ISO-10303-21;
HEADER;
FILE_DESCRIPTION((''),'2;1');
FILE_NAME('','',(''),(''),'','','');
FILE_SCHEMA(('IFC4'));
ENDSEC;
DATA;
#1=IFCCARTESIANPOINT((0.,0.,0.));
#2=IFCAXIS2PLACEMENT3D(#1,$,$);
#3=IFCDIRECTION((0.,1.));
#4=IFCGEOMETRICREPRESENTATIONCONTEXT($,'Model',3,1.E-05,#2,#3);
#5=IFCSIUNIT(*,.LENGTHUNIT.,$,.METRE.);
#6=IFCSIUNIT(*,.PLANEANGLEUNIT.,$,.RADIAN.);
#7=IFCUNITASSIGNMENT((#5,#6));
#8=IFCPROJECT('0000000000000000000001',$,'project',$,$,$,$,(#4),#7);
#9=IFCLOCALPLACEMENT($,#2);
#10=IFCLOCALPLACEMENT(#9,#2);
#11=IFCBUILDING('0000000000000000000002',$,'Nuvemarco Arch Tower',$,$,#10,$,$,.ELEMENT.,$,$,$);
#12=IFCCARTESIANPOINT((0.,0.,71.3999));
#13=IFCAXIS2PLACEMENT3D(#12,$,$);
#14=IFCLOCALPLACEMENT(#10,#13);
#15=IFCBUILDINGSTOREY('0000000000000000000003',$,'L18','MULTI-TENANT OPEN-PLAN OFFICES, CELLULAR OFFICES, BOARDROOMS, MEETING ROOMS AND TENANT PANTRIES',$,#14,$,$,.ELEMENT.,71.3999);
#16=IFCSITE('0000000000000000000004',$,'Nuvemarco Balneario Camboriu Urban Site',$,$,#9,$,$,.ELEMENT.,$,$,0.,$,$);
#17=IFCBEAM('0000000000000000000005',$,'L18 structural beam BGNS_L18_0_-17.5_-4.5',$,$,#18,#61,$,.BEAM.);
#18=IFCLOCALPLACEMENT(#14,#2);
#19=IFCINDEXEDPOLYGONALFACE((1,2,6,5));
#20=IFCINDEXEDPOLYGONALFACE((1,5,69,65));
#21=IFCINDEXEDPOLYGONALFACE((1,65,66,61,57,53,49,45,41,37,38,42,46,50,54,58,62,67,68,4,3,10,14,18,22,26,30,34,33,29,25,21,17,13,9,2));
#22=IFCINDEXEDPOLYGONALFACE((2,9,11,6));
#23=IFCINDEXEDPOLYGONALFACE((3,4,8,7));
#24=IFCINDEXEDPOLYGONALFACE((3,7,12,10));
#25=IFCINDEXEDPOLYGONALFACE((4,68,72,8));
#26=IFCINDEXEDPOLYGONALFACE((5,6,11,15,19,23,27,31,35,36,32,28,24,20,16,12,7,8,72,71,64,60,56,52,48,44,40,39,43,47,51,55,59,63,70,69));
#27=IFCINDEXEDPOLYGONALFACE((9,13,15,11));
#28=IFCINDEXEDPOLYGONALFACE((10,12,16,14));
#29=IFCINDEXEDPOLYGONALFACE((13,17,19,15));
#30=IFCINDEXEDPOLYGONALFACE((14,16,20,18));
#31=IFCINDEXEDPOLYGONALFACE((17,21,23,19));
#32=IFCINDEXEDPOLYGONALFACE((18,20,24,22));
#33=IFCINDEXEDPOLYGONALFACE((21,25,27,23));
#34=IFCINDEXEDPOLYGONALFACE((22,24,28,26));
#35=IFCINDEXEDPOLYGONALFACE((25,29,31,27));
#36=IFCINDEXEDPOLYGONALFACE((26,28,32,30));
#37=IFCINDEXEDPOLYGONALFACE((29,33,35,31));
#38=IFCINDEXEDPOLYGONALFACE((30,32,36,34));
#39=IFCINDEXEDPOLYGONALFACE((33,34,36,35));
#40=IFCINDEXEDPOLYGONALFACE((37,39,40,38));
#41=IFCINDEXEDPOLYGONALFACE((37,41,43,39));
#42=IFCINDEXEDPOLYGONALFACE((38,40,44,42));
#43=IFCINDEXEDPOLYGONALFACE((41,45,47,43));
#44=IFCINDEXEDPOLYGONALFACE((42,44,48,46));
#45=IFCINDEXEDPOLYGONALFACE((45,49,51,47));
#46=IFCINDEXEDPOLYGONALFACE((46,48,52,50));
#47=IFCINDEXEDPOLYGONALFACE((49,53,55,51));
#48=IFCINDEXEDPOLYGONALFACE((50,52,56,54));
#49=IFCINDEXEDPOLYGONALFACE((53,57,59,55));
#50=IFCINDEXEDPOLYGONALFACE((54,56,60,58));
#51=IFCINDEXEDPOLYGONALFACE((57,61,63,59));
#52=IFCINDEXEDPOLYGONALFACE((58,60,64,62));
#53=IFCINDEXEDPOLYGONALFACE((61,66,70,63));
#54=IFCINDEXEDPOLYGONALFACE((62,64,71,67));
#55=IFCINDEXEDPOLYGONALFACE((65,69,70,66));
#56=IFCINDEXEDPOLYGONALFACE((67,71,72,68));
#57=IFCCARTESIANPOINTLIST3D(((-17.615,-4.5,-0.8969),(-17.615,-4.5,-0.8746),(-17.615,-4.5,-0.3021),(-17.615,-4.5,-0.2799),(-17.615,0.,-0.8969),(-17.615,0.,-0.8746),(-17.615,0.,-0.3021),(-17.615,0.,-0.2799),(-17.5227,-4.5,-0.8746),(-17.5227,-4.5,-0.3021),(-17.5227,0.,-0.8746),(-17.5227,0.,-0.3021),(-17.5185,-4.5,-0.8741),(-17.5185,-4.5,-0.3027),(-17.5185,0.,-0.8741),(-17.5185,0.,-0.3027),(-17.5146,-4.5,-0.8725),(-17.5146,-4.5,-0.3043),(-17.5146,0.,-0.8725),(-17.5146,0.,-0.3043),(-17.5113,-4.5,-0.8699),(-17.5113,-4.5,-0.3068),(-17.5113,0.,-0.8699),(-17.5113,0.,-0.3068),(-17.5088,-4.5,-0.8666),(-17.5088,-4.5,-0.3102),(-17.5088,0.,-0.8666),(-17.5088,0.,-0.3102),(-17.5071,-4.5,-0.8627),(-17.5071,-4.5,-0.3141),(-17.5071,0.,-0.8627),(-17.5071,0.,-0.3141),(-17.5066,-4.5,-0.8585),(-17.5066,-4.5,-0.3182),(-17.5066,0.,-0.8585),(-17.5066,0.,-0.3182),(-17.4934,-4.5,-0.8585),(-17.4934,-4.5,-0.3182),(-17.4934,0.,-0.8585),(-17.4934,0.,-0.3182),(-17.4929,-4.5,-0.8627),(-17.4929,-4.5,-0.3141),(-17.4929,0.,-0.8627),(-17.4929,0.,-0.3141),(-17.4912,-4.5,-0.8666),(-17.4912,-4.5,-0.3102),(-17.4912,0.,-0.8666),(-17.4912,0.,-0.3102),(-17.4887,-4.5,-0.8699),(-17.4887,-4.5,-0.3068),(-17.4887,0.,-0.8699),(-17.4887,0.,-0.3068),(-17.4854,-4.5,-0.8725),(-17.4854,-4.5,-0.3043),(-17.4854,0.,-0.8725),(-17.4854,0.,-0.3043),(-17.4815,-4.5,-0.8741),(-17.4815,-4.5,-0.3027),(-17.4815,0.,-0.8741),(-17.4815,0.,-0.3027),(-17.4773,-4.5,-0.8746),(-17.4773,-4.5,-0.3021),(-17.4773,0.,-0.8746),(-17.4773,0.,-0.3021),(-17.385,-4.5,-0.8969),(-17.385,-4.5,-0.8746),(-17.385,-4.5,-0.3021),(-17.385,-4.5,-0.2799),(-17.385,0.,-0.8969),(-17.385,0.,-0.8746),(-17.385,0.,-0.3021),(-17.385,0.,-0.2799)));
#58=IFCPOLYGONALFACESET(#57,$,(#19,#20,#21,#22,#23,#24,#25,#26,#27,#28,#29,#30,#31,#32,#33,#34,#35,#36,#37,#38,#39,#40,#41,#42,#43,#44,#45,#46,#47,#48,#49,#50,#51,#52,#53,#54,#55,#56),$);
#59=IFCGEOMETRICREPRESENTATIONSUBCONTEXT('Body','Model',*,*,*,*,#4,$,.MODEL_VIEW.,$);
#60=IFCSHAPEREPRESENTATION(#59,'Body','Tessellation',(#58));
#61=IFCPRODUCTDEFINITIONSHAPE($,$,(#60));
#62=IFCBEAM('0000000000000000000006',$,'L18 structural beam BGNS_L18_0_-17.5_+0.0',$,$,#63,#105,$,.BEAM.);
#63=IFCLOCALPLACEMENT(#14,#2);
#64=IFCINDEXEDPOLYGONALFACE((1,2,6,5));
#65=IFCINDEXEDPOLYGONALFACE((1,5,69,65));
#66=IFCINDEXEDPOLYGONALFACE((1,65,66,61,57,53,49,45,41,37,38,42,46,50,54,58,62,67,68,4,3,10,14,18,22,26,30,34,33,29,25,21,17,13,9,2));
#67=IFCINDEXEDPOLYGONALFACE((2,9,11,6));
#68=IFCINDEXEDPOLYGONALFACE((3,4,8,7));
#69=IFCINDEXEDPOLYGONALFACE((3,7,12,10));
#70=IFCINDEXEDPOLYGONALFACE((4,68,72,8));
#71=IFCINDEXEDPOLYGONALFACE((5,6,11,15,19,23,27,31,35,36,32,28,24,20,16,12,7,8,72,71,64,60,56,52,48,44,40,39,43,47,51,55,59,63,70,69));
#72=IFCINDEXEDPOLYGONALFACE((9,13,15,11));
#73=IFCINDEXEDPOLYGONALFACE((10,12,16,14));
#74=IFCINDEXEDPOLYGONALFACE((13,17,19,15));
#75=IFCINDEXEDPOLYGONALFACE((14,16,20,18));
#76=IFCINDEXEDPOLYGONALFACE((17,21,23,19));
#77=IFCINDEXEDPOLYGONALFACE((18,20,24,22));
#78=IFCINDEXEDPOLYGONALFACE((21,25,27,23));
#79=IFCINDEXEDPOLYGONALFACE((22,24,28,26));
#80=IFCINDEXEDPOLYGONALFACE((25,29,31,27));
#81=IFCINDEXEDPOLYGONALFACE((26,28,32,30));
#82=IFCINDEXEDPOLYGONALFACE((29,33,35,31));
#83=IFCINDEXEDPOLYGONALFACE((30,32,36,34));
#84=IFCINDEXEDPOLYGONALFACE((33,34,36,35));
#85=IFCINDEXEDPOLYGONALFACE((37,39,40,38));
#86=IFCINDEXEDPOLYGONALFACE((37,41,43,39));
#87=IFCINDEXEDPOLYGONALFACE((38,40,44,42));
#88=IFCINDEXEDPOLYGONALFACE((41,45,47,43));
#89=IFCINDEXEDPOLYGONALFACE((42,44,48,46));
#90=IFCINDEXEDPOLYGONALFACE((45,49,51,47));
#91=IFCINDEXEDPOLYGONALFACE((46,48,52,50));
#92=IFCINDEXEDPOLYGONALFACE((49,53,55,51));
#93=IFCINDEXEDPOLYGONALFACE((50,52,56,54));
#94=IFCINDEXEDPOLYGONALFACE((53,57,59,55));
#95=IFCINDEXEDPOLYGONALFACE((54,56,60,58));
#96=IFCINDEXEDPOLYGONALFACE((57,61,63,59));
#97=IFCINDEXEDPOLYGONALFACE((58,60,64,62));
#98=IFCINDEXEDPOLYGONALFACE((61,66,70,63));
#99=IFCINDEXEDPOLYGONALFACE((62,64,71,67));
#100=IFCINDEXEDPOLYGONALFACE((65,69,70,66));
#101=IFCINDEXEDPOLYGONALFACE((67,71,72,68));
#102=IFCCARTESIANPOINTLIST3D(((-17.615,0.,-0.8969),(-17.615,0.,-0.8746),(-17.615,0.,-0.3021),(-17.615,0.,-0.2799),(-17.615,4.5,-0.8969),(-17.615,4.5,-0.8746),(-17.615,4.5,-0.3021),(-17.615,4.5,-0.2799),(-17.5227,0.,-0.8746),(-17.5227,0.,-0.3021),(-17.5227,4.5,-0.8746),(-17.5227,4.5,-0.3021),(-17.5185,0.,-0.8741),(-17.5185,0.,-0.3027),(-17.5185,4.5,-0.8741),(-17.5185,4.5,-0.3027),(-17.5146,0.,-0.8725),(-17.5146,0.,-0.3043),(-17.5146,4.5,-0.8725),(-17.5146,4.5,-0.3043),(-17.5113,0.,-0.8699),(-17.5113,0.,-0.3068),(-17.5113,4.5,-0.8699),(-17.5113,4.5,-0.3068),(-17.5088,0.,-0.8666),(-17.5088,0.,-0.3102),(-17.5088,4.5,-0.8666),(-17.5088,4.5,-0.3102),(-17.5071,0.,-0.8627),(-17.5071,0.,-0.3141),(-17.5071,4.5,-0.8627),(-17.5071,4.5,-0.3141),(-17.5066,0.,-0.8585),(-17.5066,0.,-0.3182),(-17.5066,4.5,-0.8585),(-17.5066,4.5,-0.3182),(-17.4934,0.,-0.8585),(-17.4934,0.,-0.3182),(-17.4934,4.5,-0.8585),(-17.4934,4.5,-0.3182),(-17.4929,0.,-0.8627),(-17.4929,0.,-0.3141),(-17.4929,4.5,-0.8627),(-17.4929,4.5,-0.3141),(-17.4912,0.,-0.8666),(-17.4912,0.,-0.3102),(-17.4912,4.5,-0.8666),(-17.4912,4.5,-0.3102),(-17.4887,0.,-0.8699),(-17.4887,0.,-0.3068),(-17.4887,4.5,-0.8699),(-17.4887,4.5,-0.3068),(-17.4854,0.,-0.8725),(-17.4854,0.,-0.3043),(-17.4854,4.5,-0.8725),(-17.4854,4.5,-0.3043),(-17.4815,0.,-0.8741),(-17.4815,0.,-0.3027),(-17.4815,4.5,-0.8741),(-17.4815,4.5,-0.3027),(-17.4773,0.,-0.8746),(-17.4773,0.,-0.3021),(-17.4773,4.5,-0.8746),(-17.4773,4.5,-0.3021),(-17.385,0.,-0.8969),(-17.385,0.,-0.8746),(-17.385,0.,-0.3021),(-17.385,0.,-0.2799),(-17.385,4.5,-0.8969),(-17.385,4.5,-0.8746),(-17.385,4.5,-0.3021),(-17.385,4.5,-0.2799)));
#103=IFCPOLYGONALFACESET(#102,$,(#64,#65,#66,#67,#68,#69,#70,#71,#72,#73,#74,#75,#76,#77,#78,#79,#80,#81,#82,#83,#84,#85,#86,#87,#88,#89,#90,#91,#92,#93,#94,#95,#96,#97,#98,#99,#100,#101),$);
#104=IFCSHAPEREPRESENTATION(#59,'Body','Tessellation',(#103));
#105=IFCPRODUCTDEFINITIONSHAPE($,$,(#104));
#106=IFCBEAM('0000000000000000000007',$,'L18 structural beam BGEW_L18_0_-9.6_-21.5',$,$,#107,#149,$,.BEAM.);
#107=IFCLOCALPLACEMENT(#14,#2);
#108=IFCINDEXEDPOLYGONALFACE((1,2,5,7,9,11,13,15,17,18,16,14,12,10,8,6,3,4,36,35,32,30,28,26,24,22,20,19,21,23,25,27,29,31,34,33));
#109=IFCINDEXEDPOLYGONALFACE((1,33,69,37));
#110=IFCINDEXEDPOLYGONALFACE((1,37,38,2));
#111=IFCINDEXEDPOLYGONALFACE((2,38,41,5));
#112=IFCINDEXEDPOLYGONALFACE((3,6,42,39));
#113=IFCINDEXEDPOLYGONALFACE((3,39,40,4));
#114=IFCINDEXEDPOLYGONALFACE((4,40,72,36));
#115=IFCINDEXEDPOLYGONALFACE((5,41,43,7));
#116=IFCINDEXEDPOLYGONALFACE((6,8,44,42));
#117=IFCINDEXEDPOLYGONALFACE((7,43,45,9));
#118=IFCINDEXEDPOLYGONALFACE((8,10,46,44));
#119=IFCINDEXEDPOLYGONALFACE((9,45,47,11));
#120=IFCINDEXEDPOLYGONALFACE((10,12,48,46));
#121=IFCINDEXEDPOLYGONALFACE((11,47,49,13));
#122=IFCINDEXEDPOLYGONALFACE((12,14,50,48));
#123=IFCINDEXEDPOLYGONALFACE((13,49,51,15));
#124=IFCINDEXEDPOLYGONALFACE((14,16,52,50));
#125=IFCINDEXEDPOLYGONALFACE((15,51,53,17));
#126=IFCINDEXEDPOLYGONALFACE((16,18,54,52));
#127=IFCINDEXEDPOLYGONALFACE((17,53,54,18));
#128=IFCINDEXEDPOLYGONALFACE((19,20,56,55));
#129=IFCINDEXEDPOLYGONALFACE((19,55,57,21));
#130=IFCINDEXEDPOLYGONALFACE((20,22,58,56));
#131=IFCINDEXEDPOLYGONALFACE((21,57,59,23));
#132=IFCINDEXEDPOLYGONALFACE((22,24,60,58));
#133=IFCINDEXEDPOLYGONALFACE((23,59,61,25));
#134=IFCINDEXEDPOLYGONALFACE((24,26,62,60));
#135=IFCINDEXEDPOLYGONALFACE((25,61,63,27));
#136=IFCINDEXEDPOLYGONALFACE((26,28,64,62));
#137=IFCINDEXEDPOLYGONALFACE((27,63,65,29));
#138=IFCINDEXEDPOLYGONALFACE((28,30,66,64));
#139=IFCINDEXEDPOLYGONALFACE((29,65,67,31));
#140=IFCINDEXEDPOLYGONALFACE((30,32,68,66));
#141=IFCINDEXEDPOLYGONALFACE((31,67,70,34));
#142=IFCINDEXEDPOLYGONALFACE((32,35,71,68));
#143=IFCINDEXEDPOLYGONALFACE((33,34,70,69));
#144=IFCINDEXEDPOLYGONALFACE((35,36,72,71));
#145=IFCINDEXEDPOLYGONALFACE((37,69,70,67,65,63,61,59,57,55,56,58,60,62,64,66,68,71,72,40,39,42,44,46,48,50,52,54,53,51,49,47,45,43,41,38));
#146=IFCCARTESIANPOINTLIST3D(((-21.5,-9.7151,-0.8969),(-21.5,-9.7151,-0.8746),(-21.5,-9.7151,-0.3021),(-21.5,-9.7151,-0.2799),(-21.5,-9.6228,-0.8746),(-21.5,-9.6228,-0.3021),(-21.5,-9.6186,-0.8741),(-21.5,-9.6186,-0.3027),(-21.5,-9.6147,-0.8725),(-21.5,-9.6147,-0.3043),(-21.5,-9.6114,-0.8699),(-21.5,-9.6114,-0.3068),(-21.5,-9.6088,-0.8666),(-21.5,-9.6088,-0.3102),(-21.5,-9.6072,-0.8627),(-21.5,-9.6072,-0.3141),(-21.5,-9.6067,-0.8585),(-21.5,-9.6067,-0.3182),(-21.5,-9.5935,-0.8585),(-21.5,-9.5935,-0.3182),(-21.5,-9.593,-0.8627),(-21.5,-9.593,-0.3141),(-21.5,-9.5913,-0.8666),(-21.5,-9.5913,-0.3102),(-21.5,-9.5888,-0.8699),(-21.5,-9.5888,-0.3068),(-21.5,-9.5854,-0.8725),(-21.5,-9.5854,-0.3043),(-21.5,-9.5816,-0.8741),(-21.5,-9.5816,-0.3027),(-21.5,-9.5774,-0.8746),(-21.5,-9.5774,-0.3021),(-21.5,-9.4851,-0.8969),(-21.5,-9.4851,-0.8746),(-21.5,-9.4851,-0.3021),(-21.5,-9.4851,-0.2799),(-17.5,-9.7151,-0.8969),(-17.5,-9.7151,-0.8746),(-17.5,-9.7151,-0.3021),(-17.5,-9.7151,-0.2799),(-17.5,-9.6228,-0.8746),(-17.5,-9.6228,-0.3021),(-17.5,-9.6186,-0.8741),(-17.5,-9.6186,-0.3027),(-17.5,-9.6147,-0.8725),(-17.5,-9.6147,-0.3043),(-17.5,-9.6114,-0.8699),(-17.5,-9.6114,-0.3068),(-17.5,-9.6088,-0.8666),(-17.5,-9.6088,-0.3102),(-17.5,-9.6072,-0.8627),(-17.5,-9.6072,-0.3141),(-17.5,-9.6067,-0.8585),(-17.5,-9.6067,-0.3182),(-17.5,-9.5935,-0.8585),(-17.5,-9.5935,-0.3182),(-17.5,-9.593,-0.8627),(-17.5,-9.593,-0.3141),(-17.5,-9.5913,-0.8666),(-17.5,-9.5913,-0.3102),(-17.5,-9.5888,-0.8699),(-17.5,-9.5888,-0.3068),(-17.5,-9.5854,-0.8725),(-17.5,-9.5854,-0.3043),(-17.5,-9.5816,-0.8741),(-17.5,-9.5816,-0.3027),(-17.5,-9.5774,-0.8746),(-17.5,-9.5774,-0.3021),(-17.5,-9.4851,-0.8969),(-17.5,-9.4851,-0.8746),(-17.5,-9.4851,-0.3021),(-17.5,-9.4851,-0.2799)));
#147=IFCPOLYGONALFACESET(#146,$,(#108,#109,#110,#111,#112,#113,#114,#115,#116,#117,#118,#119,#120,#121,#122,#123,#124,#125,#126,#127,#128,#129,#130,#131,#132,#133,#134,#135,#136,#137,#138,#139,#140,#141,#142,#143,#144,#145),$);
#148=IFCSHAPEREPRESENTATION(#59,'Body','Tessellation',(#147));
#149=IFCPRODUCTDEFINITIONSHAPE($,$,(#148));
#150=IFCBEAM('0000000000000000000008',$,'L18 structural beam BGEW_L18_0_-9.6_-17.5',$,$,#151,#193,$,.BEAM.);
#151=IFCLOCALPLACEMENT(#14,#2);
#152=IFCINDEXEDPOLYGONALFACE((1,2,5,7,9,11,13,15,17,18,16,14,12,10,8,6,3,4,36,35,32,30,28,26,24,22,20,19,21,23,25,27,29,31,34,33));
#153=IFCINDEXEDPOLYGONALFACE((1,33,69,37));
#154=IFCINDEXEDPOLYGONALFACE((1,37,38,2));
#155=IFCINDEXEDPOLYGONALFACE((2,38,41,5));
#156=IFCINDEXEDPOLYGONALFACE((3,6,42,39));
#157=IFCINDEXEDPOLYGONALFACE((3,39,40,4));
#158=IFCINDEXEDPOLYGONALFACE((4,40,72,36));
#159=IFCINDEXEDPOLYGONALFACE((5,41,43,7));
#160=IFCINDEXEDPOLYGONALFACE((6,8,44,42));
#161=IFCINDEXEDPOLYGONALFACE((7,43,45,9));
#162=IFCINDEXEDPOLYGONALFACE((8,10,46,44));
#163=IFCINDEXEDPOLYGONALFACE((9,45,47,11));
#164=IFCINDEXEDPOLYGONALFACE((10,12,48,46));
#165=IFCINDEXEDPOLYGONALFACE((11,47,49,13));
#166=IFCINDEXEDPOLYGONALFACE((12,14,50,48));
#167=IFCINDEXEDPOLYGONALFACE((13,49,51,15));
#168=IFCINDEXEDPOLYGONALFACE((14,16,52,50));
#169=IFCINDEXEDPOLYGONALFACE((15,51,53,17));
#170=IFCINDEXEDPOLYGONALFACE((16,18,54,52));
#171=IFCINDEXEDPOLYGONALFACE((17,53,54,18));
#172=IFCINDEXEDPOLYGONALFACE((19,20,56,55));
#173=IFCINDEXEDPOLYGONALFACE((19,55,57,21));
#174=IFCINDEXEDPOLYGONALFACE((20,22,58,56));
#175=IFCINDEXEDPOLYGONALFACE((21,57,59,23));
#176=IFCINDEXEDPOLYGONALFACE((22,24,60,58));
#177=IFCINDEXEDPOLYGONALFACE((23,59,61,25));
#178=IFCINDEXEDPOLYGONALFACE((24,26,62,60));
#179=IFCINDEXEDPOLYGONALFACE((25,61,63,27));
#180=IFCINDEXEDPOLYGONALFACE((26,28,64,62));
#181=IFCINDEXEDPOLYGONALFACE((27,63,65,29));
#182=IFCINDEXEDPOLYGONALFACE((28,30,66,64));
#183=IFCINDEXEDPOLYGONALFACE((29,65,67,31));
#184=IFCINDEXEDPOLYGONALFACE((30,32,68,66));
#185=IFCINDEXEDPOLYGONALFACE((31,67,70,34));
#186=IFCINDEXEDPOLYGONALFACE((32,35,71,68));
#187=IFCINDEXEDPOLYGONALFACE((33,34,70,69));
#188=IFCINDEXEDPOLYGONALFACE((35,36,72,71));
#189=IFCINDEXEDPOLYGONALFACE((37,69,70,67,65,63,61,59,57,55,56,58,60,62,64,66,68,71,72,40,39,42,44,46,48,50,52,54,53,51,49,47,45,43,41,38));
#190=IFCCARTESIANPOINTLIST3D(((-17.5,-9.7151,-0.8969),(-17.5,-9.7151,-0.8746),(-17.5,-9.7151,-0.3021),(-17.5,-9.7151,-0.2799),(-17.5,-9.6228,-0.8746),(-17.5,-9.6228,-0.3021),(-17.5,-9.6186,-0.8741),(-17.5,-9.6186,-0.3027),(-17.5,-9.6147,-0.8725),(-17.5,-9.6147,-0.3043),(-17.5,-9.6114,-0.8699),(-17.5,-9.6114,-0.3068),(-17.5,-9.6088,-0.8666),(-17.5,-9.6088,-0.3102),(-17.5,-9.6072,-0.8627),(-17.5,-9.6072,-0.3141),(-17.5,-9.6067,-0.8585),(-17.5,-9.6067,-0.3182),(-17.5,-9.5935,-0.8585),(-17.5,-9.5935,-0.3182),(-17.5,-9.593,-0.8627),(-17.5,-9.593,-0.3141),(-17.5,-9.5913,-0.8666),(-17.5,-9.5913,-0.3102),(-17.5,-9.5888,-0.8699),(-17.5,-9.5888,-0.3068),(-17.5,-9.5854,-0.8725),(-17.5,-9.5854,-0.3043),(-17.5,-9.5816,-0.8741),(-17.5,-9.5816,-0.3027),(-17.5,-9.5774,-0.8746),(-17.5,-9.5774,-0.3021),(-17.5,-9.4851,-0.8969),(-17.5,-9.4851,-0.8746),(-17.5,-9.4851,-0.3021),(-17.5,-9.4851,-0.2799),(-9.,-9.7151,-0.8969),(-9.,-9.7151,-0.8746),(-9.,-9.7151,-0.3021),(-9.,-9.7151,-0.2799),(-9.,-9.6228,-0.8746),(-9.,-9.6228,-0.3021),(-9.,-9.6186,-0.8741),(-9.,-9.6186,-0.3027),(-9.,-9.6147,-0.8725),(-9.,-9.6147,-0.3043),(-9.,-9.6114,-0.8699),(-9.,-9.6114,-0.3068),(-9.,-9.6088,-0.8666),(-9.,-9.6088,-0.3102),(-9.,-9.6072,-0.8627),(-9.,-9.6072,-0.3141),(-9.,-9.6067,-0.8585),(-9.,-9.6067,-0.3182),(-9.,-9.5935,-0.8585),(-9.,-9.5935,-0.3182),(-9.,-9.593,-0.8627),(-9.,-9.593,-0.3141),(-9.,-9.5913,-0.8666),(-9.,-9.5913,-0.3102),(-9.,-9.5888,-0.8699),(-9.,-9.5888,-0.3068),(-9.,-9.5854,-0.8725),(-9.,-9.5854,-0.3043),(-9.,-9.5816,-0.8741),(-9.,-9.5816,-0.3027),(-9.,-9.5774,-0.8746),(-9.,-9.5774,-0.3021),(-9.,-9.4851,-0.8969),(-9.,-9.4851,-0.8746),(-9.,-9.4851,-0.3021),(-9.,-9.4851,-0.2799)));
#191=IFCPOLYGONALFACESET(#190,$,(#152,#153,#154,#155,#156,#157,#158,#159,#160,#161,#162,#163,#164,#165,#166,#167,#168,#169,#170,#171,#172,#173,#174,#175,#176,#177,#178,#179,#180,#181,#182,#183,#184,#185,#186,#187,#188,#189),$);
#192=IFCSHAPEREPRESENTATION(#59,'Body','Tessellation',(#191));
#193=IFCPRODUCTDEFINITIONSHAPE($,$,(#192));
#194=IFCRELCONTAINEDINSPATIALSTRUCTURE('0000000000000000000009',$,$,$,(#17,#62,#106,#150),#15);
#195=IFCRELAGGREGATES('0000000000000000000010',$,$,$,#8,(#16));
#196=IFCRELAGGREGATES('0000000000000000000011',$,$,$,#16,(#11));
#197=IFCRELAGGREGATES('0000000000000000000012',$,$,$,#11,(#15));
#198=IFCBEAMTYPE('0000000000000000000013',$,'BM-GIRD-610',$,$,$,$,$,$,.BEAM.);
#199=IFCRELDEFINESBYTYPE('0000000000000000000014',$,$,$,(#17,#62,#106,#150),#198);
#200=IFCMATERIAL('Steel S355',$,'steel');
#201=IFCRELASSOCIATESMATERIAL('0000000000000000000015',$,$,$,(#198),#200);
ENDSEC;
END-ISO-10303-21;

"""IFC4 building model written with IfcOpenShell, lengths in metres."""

from ifc_helpers import new_model, si_unit, direction, frame, origin, origin_2d, place, context, subcontext, project, spatial, i_section, extrude, material, material_profile, profile_set, type_object, element, save


model = new_model("IFC4")

# Units and contexts
model_context = context("Model", 3, precision=1e-05, world=origin(), true_north=direction((0.0, 1.0)))
body_context = subcontext(model_context, "Body", "Model", "MODEL_VIEW")
ifc_project = project(units=[si_unit("LENGTHUNIT", "METRE"), si_unit("PLANEANGLEUNIT", "RADIAN")], contexts=[model_context])

# Site, building, storey
site_placement = place(None, origin())
site = spatial("IfcSite", under=ifc_project, at=site_placement, Name="Nuvemarco Balneario Camboriu Urban Site", CompositionType="ELEMENT", RefElevation=0.0)
building_placement = place(site_placement, origin())
building = spatial("IfcBuilding", under=site, at=building_placement, Name="Nuvemarco Arch Tower", CompositionType="ELEMENT")
storey_placement = place(building_placement, frame((0.0, 0.0, 71.3999)))
storey = spatial("IfcBuildingStorey", under=building, at=storey_placement, Name="L18", Description="MULTI-TENANT OPEN-PLAN OFFICES, CELLULAR OFFICES, BOARDROOMS, MEETING ROOMS AND TENANT PANTRIES", CompositionType="ELEMENT", Elevation=71.3999)

# Beams
ifc_material_1 = material(Name="Steel S355", Category="steel")
ifc_material_profile_1 = material_profile(ifc_material_1, i_section(OverallWidth=0.23, OverallDepth=0.6169, WebThickness=0.0132, FlangeThickness=0.0222, FilletRadius=0.0161, at=origin_2d()), Name="W610x140")
ifc_profile_set_1 = profile_set([ifc_material_profile_1], Name="Steel S355")
beam_type_1 = type_object("IfcBeamType", Name="BM-GIRD-610", PredefinedType="BEAM", material=ifc_profile_set_1)
for number, where, z_axis, x_axis, name in (
    (1, (-17.5, -4.5, -0.5884), (0.0, 1.0, 0.0), (-1.0, 0.0, 0.0), "L18 structural beam BGNS_L18_0_-17.5_-4.5"),
    (2, (-17.5, 0.0, -0.5884), (0.0, 1.0, 0.0), (-1.0, 0.0, 0.0), "L18 structural beam BGNS_L18_0_-17.5_+0.0"),
):
    element("IfcBeam", number, at=place(storey_placement, frame(where, z_axis=z_axis, x_axis=x_axis)), inside=storey, type_object=beam_type_1, Name=name, PredefinedType="BEAM", context=body_context, shape_type="SweptSolid", body=[
        extrude(i_section(OverallWidth=0.23, OverallDepth=0.6169, WebThickness=0.0132, FlangeThickness=0.0222, FilletRadius=0.0161, at=origin_2d()), origin(), (0.0, 0.0, 1.0), 4.5),
    ])
beam_1_placement = place(storey_placement, frame((-21.5, -9.6001, -0.5884), z_axis=(1.0, 0.0, 0.0), x_axis=(0.0, 1.0, 0.0)))
element("IfcBeam", 3, at=beam_1_placement, inside=storey, type_object=beam_type_1, Name="L18 structural beam BGEW_L18_0_-9.6_-21.5", PredefinedType="BEAM", context=body_context, shape_type="SweptSolid", body=[
    extrude(i_section(OverallWidth=0.23, OverallDepth=0.6169, WebThickness=0.0132, FlangeThickness=0.0222, FilletRadius=0.0161, at=origin_2d()), origin(), (0.0, 0.0, 1.0), 4.0),
])
beam_2_placement = place(storey_placement, frame((-17.5, -9.6001, -0.5884), z_axis=(1.0, 0.0, 0.0), x_axis=(0.0, 1.0, 0.0)))
element("IfcBeam", 4, at=beam_2_placement, inside=storey, type_object=beam_type_1, Name="L18 structural beam BGEW_L18_0_-9.6_-17.5", PredefinedType="BEAM", context=body_context, shape_type="SweptSolid", body=[
    extrude(i_section(OverallWidth=0.23, OverallDepth=0.6169, WebThickness=0.0132, FlangeThickness=0.0222, FilletRadius=0.0161, at=origin_2d()), origin(), (0.0, 0.0, 1.0), 8.5),
])

save(model, "model.ifc")
